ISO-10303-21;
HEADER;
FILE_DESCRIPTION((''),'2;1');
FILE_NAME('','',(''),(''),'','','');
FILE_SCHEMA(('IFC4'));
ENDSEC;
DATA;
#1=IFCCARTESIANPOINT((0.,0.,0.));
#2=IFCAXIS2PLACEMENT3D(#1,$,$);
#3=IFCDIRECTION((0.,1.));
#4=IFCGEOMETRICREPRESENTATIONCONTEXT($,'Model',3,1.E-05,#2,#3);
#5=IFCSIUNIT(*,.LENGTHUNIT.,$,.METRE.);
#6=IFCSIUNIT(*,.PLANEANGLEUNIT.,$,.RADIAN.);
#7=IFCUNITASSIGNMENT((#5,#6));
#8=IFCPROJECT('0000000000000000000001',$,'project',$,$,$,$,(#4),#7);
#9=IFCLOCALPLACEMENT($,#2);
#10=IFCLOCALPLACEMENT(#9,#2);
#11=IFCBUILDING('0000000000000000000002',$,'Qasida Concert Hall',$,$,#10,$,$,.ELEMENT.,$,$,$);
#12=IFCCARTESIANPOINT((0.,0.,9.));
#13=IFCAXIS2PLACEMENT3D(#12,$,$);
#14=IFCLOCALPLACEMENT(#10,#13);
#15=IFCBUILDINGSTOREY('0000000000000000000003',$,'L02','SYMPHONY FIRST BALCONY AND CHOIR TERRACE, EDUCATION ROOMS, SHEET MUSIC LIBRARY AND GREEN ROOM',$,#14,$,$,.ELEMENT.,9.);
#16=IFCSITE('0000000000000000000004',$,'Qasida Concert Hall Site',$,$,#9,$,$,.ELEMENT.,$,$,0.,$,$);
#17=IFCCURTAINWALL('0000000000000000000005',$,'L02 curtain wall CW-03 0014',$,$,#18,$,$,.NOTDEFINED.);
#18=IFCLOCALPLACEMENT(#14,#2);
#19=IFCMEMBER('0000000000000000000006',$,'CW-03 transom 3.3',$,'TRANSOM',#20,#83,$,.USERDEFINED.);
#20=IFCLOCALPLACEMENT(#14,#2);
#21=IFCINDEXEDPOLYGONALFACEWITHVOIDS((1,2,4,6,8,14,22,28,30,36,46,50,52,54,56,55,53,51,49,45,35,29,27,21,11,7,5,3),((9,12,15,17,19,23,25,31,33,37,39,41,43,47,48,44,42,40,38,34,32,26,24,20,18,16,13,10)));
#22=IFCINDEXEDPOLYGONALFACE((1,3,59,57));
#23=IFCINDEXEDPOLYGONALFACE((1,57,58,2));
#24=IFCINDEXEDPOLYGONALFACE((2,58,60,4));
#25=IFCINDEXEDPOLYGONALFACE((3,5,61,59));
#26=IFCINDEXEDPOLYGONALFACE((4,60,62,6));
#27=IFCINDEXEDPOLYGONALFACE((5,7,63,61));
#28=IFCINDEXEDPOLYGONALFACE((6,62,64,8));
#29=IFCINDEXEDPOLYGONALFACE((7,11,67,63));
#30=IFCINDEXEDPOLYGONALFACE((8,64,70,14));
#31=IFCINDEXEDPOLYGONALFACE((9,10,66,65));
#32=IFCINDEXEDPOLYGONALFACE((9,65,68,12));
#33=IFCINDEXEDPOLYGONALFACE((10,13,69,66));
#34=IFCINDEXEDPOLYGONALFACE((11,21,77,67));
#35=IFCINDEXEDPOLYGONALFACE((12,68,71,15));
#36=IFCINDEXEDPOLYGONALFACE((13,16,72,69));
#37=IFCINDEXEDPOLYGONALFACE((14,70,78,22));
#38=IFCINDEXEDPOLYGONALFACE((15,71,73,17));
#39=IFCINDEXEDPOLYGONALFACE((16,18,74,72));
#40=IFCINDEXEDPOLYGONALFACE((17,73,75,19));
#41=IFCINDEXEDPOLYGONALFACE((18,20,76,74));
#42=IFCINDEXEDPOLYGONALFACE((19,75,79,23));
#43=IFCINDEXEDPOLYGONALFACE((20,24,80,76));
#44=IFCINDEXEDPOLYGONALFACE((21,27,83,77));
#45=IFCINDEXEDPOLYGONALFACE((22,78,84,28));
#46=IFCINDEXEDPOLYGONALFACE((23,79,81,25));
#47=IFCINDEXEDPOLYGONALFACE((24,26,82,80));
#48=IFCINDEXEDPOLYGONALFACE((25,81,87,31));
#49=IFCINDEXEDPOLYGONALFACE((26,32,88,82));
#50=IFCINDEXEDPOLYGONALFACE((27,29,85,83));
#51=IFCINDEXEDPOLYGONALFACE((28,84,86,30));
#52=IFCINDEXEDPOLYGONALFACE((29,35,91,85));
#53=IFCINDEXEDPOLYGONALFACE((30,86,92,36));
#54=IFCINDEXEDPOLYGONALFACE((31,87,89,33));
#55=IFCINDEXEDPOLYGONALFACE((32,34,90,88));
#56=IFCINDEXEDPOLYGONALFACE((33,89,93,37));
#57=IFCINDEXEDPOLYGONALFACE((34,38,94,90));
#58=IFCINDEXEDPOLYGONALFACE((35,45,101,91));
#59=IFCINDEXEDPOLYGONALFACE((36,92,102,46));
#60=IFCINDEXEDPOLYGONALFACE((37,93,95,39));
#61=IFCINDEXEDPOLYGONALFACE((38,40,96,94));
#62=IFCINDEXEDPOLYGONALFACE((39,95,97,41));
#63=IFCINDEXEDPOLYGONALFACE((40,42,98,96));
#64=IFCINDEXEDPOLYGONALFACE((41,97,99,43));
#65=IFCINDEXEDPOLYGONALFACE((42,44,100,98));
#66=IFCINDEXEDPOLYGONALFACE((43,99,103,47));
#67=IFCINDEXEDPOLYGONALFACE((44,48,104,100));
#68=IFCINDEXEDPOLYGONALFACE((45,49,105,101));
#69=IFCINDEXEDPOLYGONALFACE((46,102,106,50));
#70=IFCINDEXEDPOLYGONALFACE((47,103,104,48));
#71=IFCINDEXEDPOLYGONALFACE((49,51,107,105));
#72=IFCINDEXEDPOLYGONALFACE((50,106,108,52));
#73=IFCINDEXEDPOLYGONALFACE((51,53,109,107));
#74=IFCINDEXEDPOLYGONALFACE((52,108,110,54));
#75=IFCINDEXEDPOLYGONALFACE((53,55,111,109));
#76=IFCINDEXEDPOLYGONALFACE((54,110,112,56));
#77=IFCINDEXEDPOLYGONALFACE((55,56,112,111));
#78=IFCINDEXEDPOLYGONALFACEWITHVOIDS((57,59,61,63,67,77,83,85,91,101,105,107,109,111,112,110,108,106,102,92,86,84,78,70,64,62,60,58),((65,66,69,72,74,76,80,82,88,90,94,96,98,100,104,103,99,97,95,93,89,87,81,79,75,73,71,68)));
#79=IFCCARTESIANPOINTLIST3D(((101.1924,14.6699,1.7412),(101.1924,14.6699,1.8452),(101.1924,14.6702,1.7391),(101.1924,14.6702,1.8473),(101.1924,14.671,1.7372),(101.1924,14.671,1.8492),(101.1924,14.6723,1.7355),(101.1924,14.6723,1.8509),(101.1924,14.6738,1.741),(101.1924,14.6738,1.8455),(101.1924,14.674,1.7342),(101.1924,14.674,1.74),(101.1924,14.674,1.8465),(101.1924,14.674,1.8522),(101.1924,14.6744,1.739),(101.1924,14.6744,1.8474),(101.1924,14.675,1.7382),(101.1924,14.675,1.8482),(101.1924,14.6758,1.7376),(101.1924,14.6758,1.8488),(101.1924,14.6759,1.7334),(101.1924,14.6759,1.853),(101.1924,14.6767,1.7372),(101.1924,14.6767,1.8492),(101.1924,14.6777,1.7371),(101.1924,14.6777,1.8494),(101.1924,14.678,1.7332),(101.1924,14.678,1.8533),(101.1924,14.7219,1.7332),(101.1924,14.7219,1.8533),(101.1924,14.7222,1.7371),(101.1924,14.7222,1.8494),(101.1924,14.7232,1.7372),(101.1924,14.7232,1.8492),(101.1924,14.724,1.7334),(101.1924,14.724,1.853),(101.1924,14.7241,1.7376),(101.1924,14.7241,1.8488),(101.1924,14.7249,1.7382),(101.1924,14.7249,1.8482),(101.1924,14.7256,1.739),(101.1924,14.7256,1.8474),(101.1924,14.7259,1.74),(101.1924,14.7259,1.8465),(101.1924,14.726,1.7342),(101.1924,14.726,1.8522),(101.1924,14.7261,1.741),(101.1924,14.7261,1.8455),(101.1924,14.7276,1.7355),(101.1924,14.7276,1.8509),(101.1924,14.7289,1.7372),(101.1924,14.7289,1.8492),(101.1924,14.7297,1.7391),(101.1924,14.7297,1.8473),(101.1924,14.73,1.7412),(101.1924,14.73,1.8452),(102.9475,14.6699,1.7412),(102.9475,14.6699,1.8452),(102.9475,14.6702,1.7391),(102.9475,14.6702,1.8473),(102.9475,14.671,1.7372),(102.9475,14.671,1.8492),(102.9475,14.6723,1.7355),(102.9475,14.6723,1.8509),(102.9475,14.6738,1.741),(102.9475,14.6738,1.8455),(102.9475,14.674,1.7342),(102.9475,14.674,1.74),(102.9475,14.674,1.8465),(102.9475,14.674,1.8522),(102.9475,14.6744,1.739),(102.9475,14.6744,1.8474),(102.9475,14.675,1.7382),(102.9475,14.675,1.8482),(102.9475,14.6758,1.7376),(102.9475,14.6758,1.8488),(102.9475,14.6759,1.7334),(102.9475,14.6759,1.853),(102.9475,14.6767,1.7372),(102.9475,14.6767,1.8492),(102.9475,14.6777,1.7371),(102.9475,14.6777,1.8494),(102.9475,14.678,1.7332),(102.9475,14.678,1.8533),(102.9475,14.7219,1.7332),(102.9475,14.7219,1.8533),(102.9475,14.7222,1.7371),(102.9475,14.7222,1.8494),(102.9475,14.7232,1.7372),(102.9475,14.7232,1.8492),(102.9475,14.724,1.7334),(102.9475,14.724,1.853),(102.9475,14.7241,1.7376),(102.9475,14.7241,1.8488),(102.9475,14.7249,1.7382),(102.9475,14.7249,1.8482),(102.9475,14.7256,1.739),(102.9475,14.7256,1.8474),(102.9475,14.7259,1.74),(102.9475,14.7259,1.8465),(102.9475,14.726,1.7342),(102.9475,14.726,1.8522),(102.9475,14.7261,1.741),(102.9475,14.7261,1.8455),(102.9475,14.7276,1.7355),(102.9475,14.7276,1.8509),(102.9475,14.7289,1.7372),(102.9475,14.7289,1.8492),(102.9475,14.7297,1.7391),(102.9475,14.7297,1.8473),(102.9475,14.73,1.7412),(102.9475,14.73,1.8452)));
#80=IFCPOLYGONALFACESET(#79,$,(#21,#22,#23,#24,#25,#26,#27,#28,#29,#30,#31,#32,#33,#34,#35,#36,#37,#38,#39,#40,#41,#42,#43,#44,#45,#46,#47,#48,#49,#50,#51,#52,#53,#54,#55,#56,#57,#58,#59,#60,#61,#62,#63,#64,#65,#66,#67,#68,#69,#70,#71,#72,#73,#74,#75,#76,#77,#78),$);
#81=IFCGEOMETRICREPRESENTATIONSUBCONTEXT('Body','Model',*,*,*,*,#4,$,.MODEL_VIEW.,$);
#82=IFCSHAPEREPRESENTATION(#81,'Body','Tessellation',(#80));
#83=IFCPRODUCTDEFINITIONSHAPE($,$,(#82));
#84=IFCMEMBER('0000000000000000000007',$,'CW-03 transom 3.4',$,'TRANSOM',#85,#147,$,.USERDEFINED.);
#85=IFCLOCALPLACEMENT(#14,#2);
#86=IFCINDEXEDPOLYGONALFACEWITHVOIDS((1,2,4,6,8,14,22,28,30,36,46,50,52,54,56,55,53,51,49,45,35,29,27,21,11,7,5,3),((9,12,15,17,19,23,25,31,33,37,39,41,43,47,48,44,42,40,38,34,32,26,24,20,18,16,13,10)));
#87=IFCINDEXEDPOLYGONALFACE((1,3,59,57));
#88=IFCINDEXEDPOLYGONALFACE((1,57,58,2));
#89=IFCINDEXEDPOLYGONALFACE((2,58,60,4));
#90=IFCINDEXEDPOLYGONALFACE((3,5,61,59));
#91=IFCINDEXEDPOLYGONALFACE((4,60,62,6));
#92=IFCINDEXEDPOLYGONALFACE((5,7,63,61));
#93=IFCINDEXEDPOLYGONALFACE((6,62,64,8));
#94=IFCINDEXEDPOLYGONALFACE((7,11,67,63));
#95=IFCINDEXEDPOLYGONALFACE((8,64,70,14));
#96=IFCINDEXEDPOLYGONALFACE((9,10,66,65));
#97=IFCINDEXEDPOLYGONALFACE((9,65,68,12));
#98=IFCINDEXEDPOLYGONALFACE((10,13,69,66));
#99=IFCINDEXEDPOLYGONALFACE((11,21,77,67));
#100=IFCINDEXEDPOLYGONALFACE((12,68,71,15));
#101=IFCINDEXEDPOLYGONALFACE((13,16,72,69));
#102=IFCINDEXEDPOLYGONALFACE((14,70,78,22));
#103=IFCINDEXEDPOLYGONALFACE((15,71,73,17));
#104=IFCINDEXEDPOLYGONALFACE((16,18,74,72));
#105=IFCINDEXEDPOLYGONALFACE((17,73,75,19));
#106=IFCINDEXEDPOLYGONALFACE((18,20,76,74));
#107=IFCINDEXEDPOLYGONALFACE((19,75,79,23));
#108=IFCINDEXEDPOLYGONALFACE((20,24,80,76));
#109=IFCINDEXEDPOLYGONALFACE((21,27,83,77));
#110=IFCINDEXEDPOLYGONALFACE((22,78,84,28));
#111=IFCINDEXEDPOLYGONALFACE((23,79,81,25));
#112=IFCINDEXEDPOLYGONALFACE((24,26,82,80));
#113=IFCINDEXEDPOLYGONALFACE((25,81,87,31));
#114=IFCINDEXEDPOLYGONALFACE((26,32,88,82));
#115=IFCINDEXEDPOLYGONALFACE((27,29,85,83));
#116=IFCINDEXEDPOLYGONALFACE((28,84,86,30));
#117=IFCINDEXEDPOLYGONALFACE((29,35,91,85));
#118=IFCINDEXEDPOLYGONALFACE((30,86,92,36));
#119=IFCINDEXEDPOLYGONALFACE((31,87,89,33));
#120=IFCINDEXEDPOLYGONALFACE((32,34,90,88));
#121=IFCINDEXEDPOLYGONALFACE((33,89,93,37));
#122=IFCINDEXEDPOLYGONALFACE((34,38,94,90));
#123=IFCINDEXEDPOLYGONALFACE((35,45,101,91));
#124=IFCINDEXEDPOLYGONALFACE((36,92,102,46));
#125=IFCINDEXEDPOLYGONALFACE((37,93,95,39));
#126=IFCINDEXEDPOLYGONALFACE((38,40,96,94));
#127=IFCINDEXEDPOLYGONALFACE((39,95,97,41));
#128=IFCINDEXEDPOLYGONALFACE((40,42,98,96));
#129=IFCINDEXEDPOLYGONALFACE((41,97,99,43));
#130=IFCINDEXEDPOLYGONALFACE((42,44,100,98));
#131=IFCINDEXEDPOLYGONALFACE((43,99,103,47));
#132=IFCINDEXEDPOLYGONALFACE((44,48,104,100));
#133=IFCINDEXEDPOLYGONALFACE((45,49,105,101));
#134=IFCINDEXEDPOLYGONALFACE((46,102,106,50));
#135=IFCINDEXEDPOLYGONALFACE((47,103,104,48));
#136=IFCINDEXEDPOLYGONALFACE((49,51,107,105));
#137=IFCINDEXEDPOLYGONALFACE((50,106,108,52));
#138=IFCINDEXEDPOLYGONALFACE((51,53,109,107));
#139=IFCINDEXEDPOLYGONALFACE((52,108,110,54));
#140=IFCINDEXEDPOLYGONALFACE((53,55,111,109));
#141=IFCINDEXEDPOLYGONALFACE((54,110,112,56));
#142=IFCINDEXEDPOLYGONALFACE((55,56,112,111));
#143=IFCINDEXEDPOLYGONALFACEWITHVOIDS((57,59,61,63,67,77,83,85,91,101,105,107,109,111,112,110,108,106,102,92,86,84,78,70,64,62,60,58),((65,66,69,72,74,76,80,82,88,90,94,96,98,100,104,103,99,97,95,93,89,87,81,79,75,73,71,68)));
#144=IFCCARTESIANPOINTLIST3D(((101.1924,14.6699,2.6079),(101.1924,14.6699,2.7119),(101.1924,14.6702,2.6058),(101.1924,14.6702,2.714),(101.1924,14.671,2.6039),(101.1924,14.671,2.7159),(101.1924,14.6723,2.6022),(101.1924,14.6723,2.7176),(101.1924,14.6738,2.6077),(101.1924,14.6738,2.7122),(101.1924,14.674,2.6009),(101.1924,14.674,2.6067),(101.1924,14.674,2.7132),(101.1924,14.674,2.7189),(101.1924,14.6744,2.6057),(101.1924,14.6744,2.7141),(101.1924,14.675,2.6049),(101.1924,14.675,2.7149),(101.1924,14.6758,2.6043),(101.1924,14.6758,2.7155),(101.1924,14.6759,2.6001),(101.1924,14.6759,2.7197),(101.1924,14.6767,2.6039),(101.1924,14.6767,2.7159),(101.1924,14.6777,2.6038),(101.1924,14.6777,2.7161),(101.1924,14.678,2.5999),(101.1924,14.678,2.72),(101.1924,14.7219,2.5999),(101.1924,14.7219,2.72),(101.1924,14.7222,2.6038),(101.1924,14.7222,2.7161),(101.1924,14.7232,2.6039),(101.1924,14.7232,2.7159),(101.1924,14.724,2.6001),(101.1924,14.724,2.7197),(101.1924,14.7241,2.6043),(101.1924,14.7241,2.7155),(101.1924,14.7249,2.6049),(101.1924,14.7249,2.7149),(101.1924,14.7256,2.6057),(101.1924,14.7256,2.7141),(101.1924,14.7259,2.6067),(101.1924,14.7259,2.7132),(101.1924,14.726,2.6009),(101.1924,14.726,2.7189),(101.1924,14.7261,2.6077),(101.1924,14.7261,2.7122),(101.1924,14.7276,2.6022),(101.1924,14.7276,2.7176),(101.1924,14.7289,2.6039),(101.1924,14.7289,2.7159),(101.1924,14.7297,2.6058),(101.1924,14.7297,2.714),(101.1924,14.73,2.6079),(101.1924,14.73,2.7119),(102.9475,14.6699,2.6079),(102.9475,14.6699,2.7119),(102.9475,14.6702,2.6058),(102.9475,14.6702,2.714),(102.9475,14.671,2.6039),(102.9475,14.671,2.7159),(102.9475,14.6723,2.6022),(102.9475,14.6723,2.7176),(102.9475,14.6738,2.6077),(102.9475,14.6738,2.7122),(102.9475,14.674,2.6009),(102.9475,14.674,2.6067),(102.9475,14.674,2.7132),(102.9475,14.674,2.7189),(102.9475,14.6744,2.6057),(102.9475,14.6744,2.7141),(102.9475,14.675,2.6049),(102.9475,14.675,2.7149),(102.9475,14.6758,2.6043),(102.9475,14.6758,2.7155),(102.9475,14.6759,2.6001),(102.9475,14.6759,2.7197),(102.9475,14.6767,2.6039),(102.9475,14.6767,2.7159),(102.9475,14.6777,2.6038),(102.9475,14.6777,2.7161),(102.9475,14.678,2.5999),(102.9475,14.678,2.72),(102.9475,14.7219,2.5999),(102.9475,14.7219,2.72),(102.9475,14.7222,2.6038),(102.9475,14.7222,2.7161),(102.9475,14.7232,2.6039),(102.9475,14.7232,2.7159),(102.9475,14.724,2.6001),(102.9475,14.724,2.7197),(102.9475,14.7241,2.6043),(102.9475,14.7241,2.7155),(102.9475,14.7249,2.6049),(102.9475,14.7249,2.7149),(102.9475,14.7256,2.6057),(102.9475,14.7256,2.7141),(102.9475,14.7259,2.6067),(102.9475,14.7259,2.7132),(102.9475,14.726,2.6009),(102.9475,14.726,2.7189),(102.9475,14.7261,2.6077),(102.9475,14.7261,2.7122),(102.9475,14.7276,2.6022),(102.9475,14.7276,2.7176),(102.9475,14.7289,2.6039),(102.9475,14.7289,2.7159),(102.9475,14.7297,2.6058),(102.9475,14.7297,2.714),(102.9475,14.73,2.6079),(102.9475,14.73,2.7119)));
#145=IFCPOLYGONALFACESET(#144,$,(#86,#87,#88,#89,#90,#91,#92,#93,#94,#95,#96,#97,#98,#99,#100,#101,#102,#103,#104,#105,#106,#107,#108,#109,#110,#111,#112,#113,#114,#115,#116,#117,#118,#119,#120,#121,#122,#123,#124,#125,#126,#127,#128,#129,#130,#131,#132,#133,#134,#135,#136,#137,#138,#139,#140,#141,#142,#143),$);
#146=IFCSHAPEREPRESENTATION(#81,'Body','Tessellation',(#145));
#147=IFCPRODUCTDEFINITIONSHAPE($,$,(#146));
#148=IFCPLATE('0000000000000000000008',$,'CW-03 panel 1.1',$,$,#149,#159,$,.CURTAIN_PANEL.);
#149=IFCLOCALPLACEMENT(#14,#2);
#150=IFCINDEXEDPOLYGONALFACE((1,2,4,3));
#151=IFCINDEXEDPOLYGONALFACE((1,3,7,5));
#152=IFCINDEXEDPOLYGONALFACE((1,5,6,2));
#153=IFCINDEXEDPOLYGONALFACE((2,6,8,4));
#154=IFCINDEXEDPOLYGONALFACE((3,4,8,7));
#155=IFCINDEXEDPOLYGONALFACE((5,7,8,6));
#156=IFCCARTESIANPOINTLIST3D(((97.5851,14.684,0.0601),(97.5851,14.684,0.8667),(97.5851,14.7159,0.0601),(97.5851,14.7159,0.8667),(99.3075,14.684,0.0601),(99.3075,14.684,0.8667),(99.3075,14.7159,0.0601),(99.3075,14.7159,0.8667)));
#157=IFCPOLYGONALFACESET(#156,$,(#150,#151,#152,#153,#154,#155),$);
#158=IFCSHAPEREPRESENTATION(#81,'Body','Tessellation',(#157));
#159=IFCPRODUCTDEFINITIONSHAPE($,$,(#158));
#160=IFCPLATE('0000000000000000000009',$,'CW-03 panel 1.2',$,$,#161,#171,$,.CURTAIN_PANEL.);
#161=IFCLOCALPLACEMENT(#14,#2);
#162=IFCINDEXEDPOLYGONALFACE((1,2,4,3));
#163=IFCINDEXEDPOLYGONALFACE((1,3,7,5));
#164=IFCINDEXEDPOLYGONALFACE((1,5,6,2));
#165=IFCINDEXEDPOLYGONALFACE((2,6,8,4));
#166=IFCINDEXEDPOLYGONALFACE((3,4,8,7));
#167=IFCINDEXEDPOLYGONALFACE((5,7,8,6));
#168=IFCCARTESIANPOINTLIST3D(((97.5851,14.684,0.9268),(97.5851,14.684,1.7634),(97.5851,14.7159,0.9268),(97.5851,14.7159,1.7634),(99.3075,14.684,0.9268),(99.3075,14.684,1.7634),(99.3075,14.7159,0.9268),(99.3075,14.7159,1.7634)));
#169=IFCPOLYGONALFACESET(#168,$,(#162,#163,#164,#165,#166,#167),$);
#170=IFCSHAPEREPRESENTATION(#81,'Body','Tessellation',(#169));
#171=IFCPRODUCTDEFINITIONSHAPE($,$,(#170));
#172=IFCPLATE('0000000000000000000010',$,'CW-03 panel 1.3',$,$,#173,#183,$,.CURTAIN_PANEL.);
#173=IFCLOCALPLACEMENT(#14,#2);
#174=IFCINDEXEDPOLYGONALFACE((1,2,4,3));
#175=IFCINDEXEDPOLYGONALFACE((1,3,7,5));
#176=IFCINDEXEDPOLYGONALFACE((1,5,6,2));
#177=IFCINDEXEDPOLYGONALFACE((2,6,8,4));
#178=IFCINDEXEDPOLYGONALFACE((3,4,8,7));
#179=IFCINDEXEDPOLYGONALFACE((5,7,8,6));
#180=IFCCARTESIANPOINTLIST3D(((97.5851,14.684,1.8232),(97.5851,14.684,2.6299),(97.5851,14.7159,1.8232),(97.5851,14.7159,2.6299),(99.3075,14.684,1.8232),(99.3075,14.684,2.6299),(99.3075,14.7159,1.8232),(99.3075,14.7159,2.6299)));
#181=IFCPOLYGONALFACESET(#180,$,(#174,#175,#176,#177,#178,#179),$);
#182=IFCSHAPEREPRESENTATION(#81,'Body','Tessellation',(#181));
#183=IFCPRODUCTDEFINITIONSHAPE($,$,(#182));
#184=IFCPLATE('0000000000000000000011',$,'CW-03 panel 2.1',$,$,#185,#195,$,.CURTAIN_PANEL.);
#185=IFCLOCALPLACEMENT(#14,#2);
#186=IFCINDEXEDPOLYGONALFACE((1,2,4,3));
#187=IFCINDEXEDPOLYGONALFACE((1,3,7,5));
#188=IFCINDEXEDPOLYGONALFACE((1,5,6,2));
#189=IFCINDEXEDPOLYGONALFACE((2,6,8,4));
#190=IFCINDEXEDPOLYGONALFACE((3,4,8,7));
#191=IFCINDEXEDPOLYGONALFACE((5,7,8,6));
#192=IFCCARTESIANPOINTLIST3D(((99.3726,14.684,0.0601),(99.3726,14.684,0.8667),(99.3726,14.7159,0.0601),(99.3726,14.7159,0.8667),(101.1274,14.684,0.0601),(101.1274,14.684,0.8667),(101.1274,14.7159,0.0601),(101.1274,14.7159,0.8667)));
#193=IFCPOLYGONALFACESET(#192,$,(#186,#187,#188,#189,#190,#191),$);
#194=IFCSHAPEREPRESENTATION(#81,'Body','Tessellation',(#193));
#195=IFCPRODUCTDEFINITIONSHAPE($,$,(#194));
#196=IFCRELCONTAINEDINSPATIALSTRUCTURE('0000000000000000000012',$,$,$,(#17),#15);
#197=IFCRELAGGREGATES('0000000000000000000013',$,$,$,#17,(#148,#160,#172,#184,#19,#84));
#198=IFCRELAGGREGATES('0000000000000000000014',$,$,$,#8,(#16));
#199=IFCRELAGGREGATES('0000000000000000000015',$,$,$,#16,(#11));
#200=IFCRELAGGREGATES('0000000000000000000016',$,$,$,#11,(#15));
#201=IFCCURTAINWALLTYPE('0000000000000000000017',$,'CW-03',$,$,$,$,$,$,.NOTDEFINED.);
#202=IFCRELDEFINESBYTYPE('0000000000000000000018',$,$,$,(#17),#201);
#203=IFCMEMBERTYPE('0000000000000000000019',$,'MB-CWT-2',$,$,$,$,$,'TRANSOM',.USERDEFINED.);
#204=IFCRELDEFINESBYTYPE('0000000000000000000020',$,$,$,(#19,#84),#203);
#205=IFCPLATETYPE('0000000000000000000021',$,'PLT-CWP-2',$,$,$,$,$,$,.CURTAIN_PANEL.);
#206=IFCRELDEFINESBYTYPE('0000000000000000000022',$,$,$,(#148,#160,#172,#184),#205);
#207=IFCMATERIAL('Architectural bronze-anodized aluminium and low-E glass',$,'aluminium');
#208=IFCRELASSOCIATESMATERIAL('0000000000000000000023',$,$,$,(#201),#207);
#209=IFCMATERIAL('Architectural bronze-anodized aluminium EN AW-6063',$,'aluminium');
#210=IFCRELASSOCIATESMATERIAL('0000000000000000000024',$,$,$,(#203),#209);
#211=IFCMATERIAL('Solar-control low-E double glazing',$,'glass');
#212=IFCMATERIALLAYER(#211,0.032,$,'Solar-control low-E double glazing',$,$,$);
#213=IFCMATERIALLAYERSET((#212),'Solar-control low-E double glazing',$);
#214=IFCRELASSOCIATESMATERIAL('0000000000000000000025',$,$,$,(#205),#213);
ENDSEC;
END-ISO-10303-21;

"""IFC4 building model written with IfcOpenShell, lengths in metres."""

from ifc_helpers import new_model, si_unit, direction, frame, origin, origin_2d, place, context, subcontext, project, spatial, rectangle, hollow_rectangle, extrude, material, layer, layer_set, material_profile, profile_set, type_object, element, aggregate, save


model = new_model("IFC4")

# Units and contexts
model_context = context("Model", 3, precision=1e-05, world=origin(), true_north=direction((0.0, 1.0)))
body_context = subcontext(model_context, "Body", "Model", "MODEL_VIEW")
ifc_project = project(units=[si_unit("LENGTHUNIT", "METRE"), si_unit("PLANEANGLEUNIT", "RADIAN")], contexts=[model_context])

# Site, building, storey
site_placement = place(None, origin())
site = spatial("IfcSite", under=ifc_project, at=site_placement, Name="Qasida Concert Hall Site", CompositionType="ELEMENT", RefElevation=0.0)
building_placement = place(site_placement, origin())
building = spatial("IfcBuilding", under=site, at=building_placement, Name="Qasida Concert Hall", CompositionType="ELEMENT")
storey_placement = place(building_placement, frame((0.0, 0.0, 9.0)))
storey = spatial("IfcBuildingStorey", under=building, at=storey_placement, Name="L02", Description="SYMPHONY FIRST BALCONY AND CHOIR TERRACE, EDUCATION ROOMS, SHEET MUSIC LIBRARY AND GREEN ROOM", CompositionType="ELEMENT", Elevation=9.0)

# Curtain wall, members, plates
ifc_material_1 = material(Name="Architectural bronze-anodized aluminium and low-E glass", Category="aluminium")
curtain_wall_type = type_object("IfcCurtainWallType", Name="CW-03", PredefinedType="NOTDEFINED", material=ifc_material_1)
curtain_wall_placement = place(storey_placement, origin())
curtain_wall = element("IfcCurtainWall", 1, at=curtain_wall_placement, inside=storey, type_object=curtain_wall_type, Name="L02 curtain wall CW-03 0014", PredefinedType="NOTDEFINED")
ifc_material_2 = material(Name="Architectural bronze-anodized aluminium EN AW-6063", Category="aluminium")
ifc_material_profile_1 = material_profile(ifc_material_2, hollow_rectangle(XDim=0.0601, YDim=0.1201, WallThickness=0.0039, InnerFilletRadius=0.0039, OuterFilletRadius=0.0081, at=origin_2d()), Name="CWT 120x60x4")
ifc_profile_set_1 = profile_set([ifc_material_profile_1], Name="Architectural bronze-anodized aluminium EN AW-6063")
member_type_1 = type_object("IfcMemberType", Name="MB-CWT-2", ElementType="TRANSOM", PredefinedType="USERDEFINED", material=ifc_profile_set_1)
member_1_placement = place(storey_placement, frame((101.1924, 14.7, 1.7932), z_axis=(1.0, 0.0, 0.0), x_axis=(0.0, 1.0, 0.0)))
member_1 = element("IfcMember", 2, at=member_1_placement, type_object=member_type_1, Name="CW-03 transom 3.3", ObjectType="TRANSOM", PredefinedType="USERDEFINED", context=body_context, shape_type="SweptSolid", body=[
    extrude(hollow_rectangle(XDim=0.0601, YDim=0.1201, WallThickness=0.0039, InnerFilletRadius=0.0039, OuterFilletRadius=0.0081, at=origin_2d()), origin(), (0.0, 0.0, 1.0), 1.7551),
])
member_2_placement = place(storey_placement, frame((101.1924, 14.7, 2.6599), z_axis=(1.0, 0.0, 0.0), x_axis=(0.0, 1.0, 0.0)))
member_2 = element("IfcMember", 3, at=member_2_placement, type_object=member_type_1, Name="CW-03 transom 3.4", ObjectType="TRANSOM", PredefinedType="USERDEFINED", context=body_context, shape_type="SweptSolid", body=[
    extrude(hollow_rectangle(XDim=0.0601, YDim=0.1201, WallThickness=0.0039, InnerFilletRadius=0.0039, OuterFilletRadius=0.0081, at=origin_2d()), origin(), (0.0, 0.0, 1.0), 1.7551),
])
ifc_material_3 = material(Name="Solar-control low-E double glazing", Category="glass")
ifc_layer_1 = layer(ifc_material_3, 0.032, Name="Solar-control low-E double glazing")
ifc_layer_set_1 = layer_set([ifc_layer_1], Name="Solar-control low-E double glazing")
plate_type = type_object("IfcPlateType", Name="PLT-CWP-2", PredefinedType="CURTAIN_PANEL", material=ifc_layer_set_1)
plate_1_placement = place(storey_placement, frame((98.4463, 14.7, 0.0601), z_axis=(0.0, 0.0, 1.0), x_axis=(1.0, 0.0, 0.0)))
plate_1 = element("IfcPlate", 4, at=plate_1_placement, type_object=plate_type, Name="CW-03 panel 1.1", PredefinedType="CURTAIN_PANEL", context=body_context, shape_type="SweptSolid", body=[
    extrude(rectangle(XDim=1.7224, YDim=0.032, at=origin_2d()), origin(), (0.0, 0.0, 1.0), 0.8066),
])
plate_2_placement = place(storey_placement, frame((98.4463, 14.7, 0.9268), z_axis=(0.0, 0.0, 1.0), x_axis=(1.0, 0.0, 0.0)))
plate_2 = element("IfcPlate", 5, at=plate_2_placement, type_object=plate_type, Name="CW-03 panel 1.2", PredefinedType="CURTAIN_PANEL", context=body_context, shape_type="SweptSolid", body=[
    extrude(rectangle(XDim=1.7224, YDim=0.032, at=origin_2d()), origin(), (0.0, 0.0, 1.0), 0.8367),
])
plate_3_placement = place(storey_placement, frame((98.4463, 14.7, 1.8232), z_axis=(0.0, 0.0, 1.0), x_axis=(1.0, 0.0, 0.0)))
plate_3 = element("IfcPlate", 6, at=plate_3_placement, type_object=plate_type, Name="CW-03 panel 1.3", PredefinedType="CURTAIN_PANEL", context=body_context, shape_type="SweptSolid", body=[
    extrude(rectangle(XDim=1.7224, YDim=0.032, at=origin_2d()), origin(), (0.0, 0.0, 1.0), 0.8066),
])
plate_4_placement = place(storey_placement, frame((100.25, 14.7, 0.0601), z_axis=(0.0, 0.0, 1.0), x_axis=(1.0, 0.0, 0.0)))
plate_4 = element("IfcPlate", 7, at=plate_4_placement, type_object=plate_type, Name="CW-03 panel 2.1", PredefinedType="CURTAIN_PANEL", context=body_context, shape_type="SweptSolid", body=[
    extrude(rectangle(XDim=1.7549, YDim=0.032, at=origin_2d()), origin(), (0.0, 0.0, 1.0), 0.8066),
])
aggregate(curtain_wall, [plate_1, plate_2, plate_3, plate_4, member_1, member_2])

save(model, "model.ifc")
